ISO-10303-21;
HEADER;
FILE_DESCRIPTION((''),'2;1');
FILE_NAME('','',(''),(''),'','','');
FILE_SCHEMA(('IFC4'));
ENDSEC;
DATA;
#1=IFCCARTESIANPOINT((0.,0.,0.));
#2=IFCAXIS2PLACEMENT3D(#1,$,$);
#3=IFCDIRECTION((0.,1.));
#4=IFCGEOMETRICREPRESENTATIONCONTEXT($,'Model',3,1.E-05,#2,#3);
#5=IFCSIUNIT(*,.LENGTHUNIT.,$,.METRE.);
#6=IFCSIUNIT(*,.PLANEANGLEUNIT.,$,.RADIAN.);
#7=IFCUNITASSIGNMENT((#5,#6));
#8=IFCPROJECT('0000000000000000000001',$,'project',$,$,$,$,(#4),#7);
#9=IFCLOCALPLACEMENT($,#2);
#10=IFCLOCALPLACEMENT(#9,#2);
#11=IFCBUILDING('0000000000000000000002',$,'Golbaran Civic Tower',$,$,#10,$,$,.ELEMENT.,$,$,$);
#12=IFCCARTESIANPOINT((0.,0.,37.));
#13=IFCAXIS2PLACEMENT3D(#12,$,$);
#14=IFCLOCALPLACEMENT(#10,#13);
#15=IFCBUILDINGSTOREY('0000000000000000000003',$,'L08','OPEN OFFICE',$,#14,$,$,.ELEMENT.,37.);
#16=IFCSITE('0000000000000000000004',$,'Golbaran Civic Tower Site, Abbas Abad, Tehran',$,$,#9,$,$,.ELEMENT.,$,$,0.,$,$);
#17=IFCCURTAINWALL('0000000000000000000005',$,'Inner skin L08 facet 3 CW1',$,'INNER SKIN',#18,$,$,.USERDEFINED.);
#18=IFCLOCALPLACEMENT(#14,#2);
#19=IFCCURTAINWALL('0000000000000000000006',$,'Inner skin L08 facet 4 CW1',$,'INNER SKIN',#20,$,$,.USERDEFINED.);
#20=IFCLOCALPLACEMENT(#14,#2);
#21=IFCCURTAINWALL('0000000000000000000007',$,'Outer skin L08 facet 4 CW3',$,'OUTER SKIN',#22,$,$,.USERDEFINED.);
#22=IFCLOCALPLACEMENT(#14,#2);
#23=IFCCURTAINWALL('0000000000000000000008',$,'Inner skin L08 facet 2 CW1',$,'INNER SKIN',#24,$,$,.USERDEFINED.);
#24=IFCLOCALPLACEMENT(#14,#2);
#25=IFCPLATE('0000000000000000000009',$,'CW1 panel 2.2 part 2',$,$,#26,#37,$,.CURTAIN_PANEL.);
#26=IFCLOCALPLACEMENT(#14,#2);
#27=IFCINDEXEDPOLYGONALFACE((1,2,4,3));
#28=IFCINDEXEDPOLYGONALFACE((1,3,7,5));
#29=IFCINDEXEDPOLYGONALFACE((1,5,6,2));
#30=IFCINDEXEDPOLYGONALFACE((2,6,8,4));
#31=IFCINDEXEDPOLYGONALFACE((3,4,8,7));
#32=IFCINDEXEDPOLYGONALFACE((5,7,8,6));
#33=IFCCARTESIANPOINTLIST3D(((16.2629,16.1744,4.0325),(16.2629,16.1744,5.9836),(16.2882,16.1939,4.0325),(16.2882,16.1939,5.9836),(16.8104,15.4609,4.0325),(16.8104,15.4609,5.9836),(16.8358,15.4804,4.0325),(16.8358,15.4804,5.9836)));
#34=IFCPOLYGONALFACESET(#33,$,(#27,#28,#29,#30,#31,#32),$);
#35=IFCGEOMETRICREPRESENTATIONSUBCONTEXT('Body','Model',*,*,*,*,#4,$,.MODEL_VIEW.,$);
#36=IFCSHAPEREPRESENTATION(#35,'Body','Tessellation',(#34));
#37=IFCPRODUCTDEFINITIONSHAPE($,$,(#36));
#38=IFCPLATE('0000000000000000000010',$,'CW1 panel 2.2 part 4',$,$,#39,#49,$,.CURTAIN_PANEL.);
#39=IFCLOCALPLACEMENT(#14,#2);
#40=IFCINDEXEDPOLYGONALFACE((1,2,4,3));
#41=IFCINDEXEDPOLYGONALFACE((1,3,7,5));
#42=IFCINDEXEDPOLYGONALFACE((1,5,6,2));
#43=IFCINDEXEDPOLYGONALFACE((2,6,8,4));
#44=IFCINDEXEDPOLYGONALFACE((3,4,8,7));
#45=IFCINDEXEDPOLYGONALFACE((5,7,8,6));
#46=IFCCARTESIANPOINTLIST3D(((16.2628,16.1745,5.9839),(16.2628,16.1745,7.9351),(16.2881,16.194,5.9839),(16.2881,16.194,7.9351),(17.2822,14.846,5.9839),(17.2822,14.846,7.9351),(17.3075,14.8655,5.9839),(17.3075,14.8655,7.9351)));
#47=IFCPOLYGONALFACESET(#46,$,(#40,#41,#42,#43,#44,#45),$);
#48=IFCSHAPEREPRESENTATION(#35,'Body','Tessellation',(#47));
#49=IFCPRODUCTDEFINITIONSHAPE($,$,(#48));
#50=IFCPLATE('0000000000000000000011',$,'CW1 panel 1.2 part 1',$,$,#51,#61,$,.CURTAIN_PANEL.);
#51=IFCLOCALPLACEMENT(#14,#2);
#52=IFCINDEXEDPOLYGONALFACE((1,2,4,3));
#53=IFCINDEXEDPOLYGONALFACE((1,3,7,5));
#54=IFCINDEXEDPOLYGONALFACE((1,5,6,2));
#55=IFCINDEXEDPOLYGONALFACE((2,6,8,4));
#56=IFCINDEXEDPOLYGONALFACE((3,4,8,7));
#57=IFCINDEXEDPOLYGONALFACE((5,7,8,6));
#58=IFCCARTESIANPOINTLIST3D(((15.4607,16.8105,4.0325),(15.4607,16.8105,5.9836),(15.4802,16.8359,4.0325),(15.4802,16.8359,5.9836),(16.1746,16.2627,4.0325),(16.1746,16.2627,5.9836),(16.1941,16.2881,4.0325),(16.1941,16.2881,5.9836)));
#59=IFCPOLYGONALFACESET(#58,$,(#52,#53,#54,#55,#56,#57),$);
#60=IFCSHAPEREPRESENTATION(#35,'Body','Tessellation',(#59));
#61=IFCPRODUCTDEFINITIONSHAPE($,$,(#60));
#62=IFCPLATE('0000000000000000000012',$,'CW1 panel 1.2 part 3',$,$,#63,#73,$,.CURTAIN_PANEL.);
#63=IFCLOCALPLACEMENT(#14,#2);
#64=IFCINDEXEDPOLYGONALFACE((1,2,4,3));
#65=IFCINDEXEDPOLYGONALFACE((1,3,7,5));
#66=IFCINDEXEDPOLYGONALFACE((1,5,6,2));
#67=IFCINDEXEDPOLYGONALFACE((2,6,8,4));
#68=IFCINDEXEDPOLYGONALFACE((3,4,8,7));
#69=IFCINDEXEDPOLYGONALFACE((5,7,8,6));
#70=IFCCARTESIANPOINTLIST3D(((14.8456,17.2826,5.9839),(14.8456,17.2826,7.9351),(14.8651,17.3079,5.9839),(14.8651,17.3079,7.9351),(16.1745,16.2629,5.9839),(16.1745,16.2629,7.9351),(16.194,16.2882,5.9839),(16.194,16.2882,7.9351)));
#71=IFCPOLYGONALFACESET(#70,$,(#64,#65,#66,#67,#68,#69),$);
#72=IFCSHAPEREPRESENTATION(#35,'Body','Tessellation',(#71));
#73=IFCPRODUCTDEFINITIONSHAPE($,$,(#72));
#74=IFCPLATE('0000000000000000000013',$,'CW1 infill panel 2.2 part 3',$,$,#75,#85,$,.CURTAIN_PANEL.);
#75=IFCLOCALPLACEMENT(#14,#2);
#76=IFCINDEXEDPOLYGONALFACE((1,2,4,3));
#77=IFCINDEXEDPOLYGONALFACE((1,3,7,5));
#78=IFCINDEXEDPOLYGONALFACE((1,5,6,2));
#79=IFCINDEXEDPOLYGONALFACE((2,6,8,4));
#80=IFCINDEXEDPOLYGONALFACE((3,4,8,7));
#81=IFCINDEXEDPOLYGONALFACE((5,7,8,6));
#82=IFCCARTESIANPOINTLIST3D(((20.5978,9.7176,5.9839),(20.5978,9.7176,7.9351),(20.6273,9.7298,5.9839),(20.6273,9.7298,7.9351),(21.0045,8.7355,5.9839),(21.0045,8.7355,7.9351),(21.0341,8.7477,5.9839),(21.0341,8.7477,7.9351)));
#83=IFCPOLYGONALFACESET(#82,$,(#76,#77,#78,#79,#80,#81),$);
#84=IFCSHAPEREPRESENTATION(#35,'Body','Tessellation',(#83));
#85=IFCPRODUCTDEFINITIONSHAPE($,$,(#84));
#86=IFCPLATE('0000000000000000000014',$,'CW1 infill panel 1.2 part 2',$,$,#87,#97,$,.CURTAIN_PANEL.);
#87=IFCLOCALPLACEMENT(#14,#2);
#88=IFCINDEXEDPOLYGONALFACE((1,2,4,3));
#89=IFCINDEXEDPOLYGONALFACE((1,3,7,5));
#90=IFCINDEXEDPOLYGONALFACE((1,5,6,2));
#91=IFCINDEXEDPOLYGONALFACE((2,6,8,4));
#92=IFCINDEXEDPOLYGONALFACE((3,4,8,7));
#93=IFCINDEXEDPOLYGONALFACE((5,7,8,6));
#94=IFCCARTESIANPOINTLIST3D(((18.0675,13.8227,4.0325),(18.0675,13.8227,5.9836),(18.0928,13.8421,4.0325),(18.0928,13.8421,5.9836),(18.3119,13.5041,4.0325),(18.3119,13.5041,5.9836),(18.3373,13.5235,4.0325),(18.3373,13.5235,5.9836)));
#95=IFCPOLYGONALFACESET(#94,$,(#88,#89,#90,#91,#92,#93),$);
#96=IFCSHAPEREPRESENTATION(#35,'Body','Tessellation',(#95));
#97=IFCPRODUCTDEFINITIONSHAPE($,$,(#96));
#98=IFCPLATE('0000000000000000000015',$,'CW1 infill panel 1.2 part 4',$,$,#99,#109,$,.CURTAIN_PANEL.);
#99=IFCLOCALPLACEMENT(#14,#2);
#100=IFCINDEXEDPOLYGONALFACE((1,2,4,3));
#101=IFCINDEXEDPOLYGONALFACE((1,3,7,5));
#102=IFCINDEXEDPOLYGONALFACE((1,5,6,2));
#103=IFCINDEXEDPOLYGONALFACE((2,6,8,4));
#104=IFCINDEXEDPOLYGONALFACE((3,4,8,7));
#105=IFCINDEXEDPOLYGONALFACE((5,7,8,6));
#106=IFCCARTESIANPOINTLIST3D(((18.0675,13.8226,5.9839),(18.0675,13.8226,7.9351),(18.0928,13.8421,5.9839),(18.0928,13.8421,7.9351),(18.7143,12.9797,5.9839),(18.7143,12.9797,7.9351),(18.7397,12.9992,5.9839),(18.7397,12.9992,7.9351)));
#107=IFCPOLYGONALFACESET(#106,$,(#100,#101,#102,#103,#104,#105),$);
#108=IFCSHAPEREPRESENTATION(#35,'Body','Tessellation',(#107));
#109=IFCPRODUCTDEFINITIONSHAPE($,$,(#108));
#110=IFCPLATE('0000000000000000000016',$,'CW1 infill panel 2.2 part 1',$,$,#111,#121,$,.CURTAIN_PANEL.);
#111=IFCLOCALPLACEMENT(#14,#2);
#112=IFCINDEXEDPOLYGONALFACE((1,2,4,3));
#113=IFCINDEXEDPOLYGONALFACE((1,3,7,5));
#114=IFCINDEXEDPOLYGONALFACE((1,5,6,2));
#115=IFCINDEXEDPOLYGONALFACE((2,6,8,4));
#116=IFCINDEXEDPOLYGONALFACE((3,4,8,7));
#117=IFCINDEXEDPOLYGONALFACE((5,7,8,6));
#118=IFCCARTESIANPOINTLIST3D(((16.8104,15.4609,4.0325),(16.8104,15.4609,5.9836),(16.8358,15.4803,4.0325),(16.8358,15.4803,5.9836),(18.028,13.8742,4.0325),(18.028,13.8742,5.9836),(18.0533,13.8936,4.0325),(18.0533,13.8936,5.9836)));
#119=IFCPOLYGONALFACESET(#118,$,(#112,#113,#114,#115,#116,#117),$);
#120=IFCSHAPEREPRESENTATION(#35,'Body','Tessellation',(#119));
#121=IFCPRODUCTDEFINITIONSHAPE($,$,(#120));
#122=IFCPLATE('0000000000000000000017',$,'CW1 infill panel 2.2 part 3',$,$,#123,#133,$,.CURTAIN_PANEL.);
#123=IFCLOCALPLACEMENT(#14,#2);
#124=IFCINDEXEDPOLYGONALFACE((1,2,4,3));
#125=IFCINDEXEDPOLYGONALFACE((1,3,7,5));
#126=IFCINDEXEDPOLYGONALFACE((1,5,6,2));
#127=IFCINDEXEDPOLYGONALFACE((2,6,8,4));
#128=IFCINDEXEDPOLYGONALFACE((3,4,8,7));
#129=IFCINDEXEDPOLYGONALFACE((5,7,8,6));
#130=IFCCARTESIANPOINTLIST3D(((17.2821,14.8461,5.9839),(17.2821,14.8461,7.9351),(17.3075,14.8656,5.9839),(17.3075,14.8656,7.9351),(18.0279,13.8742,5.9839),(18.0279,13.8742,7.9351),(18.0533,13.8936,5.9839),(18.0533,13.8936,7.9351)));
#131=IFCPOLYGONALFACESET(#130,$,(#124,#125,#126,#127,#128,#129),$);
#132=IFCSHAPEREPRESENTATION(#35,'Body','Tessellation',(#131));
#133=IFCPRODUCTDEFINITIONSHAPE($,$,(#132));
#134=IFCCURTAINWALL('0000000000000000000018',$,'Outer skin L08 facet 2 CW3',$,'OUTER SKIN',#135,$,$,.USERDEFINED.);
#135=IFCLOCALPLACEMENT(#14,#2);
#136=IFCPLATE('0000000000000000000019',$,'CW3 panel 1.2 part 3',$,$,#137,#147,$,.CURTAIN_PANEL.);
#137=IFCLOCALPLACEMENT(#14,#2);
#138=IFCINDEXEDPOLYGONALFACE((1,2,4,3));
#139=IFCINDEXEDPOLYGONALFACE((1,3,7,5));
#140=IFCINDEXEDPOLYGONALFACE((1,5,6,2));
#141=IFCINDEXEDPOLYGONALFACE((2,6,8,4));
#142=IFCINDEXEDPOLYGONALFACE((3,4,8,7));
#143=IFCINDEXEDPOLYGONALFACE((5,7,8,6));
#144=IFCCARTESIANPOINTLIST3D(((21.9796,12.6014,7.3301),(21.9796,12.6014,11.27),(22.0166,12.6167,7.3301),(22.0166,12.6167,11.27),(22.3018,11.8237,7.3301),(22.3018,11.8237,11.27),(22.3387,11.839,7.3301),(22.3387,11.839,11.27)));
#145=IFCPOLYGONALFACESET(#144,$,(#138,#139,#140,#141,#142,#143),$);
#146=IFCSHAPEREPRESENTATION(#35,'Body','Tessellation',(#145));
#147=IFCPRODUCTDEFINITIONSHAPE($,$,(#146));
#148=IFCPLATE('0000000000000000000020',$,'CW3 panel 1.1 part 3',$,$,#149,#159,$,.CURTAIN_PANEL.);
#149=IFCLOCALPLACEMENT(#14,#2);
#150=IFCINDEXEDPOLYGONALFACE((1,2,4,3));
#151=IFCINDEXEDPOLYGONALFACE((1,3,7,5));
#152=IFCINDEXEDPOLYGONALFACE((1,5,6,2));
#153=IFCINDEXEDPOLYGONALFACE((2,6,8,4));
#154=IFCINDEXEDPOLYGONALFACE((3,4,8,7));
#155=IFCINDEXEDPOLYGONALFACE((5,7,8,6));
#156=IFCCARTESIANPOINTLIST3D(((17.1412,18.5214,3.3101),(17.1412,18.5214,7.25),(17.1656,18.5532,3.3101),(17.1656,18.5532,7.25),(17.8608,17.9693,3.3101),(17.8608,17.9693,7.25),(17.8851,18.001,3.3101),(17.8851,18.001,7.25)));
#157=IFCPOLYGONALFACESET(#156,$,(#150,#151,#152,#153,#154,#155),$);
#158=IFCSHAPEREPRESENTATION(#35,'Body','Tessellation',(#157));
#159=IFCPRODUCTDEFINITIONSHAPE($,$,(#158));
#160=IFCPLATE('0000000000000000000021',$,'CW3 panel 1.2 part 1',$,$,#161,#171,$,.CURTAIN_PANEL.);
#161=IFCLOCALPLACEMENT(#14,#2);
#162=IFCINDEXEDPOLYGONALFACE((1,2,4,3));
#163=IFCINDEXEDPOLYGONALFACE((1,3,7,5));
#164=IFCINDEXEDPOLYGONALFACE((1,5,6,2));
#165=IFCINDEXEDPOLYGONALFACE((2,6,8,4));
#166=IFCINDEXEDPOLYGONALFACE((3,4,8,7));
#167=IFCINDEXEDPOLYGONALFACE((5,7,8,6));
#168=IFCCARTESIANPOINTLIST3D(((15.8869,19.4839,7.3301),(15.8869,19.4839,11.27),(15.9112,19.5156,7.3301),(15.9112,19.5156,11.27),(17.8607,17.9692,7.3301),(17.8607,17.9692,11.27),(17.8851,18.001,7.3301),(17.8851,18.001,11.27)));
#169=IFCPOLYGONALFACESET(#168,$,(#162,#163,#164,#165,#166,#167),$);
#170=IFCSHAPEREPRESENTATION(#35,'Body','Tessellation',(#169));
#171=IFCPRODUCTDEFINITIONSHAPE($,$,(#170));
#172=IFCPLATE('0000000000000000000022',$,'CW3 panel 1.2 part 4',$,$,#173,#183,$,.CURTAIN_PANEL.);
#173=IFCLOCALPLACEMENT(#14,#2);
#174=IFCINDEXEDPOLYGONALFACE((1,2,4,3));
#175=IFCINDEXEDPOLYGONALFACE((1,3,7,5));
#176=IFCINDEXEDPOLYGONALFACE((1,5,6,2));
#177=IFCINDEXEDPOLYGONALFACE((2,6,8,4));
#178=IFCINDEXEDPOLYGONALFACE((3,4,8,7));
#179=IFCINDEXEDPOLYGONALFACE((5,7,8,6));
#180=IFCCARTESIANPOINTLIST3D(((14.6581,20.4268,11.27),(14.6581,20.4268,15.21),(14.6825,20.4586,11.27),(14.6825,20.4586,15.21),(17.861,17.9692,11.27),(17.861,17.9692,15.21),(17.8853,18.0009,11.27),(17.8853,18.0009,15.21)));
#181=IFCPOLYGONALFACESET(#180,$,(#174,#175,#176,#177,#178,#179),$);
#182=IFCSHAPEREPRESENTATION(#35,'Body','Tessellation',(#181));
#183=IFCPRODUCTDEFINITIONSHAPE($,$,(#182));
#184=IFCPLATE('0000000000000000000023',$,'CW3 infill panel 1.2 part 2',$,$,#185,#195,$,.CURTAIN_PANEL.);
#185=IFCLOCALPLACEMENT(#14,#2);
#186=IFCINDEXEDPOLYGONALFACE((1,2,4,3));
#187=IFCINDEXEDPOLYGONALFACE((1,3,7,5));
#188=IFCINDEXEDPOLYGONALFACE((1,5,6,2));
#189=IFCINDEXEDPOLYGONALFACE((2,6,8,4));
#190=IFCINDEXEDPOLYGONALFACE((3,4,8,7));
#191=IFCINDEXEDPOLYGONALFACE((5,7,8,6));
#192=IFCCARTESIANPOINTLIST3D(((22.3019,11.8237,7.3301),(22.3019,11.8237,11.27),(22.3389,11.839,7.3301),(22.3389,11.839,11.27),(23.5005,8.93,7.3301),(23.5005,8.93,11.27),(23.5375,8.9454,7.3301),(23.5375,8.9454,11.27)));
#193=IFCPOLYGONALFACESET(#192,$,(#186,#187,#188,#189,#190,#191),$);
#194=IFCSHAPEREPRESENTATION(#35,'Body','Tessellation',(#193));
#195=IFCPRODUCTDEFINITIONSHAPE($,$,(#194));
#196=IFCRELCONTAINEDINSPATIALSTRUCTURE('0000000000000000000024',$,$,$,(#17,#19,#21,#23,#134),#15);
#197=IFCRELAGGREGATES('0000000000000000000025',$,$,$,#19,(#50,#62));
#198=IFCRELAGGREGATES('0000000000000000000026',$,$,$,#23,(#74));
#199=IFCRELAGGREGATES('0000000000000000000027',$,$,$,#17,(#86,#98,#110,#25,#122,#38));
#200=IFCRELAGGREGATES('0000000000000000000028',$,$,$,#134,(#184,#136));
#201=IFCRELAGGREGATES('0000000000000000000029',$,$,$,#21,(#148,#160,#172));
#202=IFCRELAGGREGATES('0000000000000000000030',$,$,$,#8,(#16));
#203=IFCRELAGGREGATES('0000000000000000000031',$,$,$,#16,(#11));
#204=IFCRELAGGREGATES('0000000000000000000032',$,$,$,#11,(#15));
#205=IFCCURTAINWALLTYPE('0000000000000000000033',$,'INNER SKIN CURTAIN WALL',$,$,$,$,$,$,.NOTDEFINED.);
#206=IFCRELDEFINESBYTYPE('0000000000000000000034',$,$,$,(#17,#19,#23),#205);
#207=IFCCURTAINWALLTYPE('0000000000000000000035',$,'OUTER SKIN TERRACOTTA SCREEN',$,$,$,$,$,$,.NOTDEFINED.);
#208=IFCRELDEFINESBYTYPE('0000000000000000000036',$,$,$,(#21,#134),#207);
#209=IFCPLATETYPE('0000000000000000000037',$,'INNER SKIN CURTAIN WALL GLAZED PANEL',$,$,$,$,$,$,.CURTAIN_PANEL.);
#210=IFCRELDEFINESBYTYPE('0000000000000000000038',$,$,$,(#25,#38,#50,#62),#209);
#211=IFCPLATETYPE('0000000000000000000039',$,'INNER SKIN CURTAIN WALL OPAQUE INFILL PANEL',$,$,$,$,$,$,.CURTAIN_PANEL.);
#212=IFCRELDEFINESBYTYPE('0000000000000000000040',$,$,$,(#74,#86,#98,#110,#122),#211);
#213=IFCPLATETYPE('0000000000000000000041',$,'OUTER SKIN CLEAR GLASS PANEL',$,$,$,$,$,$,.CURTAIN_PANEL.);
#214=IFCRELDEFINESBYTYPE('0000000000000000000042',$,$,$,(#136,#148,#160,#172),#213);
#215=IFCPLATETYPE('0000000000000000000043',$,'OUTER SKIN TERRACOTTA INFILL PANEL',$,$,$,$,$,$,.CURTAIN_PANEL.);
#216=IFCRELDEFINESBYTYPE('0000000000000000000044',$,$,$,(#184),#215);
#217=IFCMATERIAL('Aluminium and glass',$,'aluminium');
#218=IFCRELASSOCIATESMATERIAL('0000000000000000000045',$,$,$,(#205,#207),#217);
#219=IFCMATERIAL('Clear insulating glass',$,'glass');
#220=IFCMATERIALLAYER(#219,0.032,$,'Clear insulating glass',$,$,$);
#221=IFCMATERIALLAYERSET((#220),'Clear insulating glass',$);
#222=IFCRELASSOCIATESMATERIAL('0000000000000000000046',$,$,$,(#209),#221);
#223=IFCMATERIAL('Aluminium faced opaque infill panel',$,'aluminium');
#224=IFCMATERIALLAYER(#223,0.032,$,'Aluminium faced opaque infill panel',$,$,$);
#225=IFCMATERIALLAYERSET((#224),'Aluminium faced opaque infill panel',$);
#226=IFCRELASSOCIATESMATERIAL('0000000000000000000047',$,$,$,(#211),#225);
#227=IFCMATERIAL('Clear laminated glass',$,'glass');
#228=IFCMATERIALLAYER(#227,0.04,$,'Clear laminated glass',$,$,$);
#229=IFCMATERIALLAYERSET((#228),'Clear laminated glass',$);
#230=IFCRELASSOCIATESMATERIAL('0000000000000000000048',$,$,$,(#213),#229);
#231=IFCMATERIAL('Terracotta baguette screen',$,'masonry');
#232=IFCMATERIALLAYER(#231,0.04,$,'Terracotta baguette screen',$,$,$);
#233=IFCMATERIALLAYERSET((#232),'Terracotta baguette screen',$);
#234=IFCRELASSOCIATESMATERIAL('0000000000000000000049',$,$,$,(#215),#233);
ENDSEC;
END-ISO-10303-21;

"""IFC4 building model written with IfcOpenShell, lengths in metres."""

from ifc_helpers import new_model, si_unit, direction, frame, origin, origin_2d, place, context, subcontext, project, spatial, rectangle, extrude, material, layer, layer_set, type_object, element, aggregate, save


model = new_model("IFC4")

# Units and contexts
model_context = context("Model", 3, precision=1e-05, world=origin(), true_north=direction((0.0, 1.0)))
body_context = subcontext(model_context, "Body", "Model", "MODEL_VIEW")
ifc_project = project(units=[si_unit("LENGTHUNIT", "METRE"), si_unit("PLANEANGLEUNIT", "RADIAN")], contexts=[model_context])

# Site, building, storey
site_placement = place(None, origin())
site = spatial("IfcSite", under=ifc_project, at=site_placement, Name="Golbaran Civic Tower Site, Abbas Abad, Tehran", CompositionType="ELEMENT", RefElevation=0.0)
building_placement = place(site_placement, origin())
building = spatial("IfcBuilding", under=site, at=building_placement, Name="Golbaran Civic Tower", CompositionType="ELEMENT")
storey_placement = place(building_placement, frame((0.0, 0.0, 37.0)))
storey = spatial("IfcBuildingStorey", under=building, at=storey_placement, Name="L08", Description="OPEN OFFICE", CompositionType="ELEMENT", Elevation=37.0)

# Curtain walls
ifc_material_1 = material(Name="Aluminium and glass", Category="aluminium")
curtain_wall_type_1 = type_object("IfcCurtainWallType", Name="INNER SKIN CURTAIN WALL", PredefinedType="NOTDEFINED", material=ifc_material_1)
curtain_wall_1_placement = place(storey_placement, origin())
curtain_wall_1 = element("IfcCurtainWall", 1, at=curtain_wall_1_placement, inside=storey, type_object=curtain_wall_type_1, Name="Inner skin L08 facet 3 CW1", ObjectType="INNER SKIN", PredefinedType="USERDEFINED")
curtain_wall_2_placement = place(storey_placement, origin())
curtain_wall_2 = element("IfcCurtainWall", 2, at=curtain_wall_2_placement, inside=storey, type_object=curtain_wall_type_1, Name="Inner skin L08 facet 4 CW1", ObjectType="INNER SKIN", PredefinedType="USERDEFINED")
curtain_wall_type_2 = type_object("IfcCurtainWallType", Name="OUTER SKIN TERRACOTTA SCREEN", PredefinedType="NOTDEFINED", material=ifc_material_1)
curtain_wall_3_placement = place(storey_placement, origin())
curtain_wall_3 = element("IfcCurtainWall", 3, at=curtain_wall_3_placement, inside=storey, type_object=curtain_wall_type_2, Name="Outer skin L08 facet 4 CW3", ObjectType="OUTER SKIN", PredefinedType="USERDEFINED")

# Curtain wall
curtain_wall_4_placement = place(storey_placement, origin())
curtain_wall_4 = element("IfcCurtainWall", 4, at=curtain_wall_4_placement, inside=storey, type_object=curtain_wall_type_1, Name="Inner skin L08 facet 2 CW1", ObjectType="INNER SKIN", PredefinedType="USERDEFINED")
ifc_material_2 = material(Name="Clear insulating glass", Category="glass")
ifc_layer_1 = layer(ifc_material_2, 0.032, Name="Clear insulating glass")
ifc_layer_set_1 = layer_set([ifc_layer_1], Name="Clear insulating glass")
plate_type_1 = type_object("IfcPlateType", Name="INNER SKIN CURTAIN WALL GLAZED PANEL", PredefinedType="CURTAIN_PANEL", material=ifc_layer_set_1)

# Plates
plate_1_placement = place(storey_placement, frame((16.5493, 15.8274, 4.0325), z_axis=(0.0, 0.0, 1.0), x_axis=(-0.608761, 0.793353, 0.0)))
plate_1 = element("IfcPlate", 5, at=plate_1_placement, type_object=plate_type_1, Name="CW1 panel 2.2 part 2", PredefinedType="CURTAIN_PANEL", context=body_context, shape_type="SweptSolid", body=[
    extrude(rectangle(XDim=0.8994, YDim=0.032, at=origin_2d()), origin(), (0.0, 0.0, 1.0), 1.9512),
])
plate_2_placement = place(storey_placement, frame((16.7852, 15.52, 5.9839), z_axis=(0.0, 0.0, 1.0), x_axis=(-0.608761, 0.793353, 0.0)))
plate_2 = element("IfcPlate", 6, at=plate_2_placement, type_object=plate_type_1, Name="CW1 panel 2.2 part 4", PredefinedType="CURTAIN_PANEL", context=body_context, shape_type="SweptSolid", body=[
    extrude(rectangle(XDim=1.6746, YDim=0.032, at=origin_2d()), origin(), (0.0, 0.0, 1.0), 1.9512),
])
plate_3_placement = place(storey_placement, frame((15.8274, 16.5493, 4.0325), z_axis=(0.0, 0.0, 1.0), x_axis=(-0.793353, 0.608761, 0.0)))
plate_3 = element("IfcPlate", 7, at=plate_3_placement, type_object=plate_type_1, Name="CW1 panel 1.2 part 1", PredefinedType="CURTAIN_PANEL", context=body_context, shape_type="SweptSolid", body=[
    extrude(rectangle(XDim=0.8999, YDim=0.032, at=origin_2d()), origin(), (0.0, 0.0, 1.0), 1.9512),
])
plate_4_placement = place(storey_placement, frame((15.5198, 16.7854, 5.9839), z_axis=(0.0, 0.0, 1.0), x_axis=(-0.793353, 0.608761, 0.0)))
plate_4 = element("IfcPlate", 8, at=plate_4_placement, type_object=plate_type_1, Name="CW1 panel 1.2 part 3", PredefinedType="CURTAIN_PANEL", context=body_context, shape_type="SweptSolid", body=[
    extrude(rectangle(XDim=1.675, YDim=0.032, at=origin_2d()), origin(), (0.0, 0.0, 1.0), 1.9512),
])
aggregate(curtain_wall_2, [plate_3, plate_4])
ifc_material_3 = material(Name="Aluminium faced opaque infill panel", Category="aluminium")
ifc_layer_2 = layer(ifc_material_3, 0.032, Name="Aluminium faced opaque infill panel")
ifc_layer_set_2 = layer_set([ifc_layer_2], Name="Aluminium faced opaque infill panel")
plate_type_2 = type_object("IfcPlateType", Name="INNER SKIN CURTAIN WALL OPAQUE INFILL PANEL", PredefinedType="CURTAIN_PANEL", material=ifc_layer_set_2)
plate_5_placement = place(storey_placement, frame((20.8159, 9.2327, 5.9839), z_axis=(0.0, 0.0, 1.0), x_axis=(-0.382683, 0.92388, 0.0)))
plate_5 = element("IfcPlate", 9, at=plate_5_placement, type_object=plate_type_2, Name="CW1 infill panel 2.2 part 3", PredefinedType="CURTAIN_PANEL", context=body_context, shape_type="SweptSolid", body=[
    extrude(rectangle(XDim=1.063, YDim=0.032, at=origin_2d()), origin(), (0.0, 0.0, 1.0), 1.9512),
])
aggregate(curtain_wall_4, [plate_5])
plate_6_placement = place(storey_placement, frame((18.2024, 13.6731, 4.0325), z_axis=(0.0, 0.0, 1.0), x_axis=(-0.608761, 0.793353, 0.0)))
plate_6 = element("IfcPlate", 10, at=plate_6_placement, type_object=plate_type_2, Name="CW1 infill panel 1.2 part 2", PredefinedType="CURTAIN_PANEL", context=body_context, shape_type="SweptSolid", body=[
    extrude(rectangle(XDim=0.4016, YDim=0.032, at=origin_2d()), origin(), (0.0, 0.0, 1.0), 1.9512),
])
plate_7_placement = place(storey_placement, frame((18.4036, 13.4109, 5.9839), z_axis=(0.0, 0.0, 1.0), x_axis=(-0.608761, 0.793353, 0.0)))
plate_7 = element("IfcPlate", 11, at=plate_7_placement, type_object=plate_type_2, Name="CW1 infill panel 1.2 part 4", PredefinedType="CURTAIN_PANEL", context=body_context, shape_type="SweptSolid", body=[
    extrude(rectangle(XDim=1.0625, YDim=0.032, at=origin_2d()), origin(), (0.0, 0.0, 1.0), 1.9512),
])
plate_8_placement = place(storey_placement, frame((17.4319, 14.6772, 4.0325), z_axis=(0.0, 0.0, 1.0), x_axis=(-0.608761, 0.793353, 0.0)))
plate_8 = element("IfcPlate", 12, at=plate_8_placement, type_object=plate_type_2, Name="CW1 infill panel 2.2 part 1", PredefinedType="CURTAIN_PANEL", context=body_context, shape_type="SweptSolid", body=[
    extrude(rectangle(XDim=2.0, YDim=0.032, at=origin_2d()), origin(), (0.0, 0.0, 1.0), 1.9512),
])
plate_9_placement = place(storey_placement, frame((17.6677, 14.3699, 5.9839), z_axis=(0.0, 0.0, 1.0), x_axis=(-0.608761, 0.793353, 0.0)))
plate_9 = element("IfcPlate", 13, at=plate_9_placement, type_object=plate_type_2, Name="CW1 infill panel 2.2 part 3", PredefinedType="CURTAIN_PANEL", context=body_context, shape_type="SweptSolid", body=[
    extrude(rectangle(XDim=1.2251, YDim=0.032, at=origin_2d()), origin(), (0.0, 0.0, 1.0), 1.9512),
])
aggregate(curtain_wall_1, [plate_6, plate_7, plate_8, plate_1, plate_9, plate_2])

# Curtain wall, plate
curtain_wall_5_placement = place(storey_placement, origin())
curtain_wall_5 = element("IfcCurtainWall", 14, at=curtain_wall_5_placement, inside=storey, type_object=curtain_wall_type_2, Name="Outer skin L08 facet 2 CW3", ObjectType="OUTER SKIN", PredefinedType="USERDEFINED")
ifc_material_4 = material(Name="Clear laminated glass", Category="glass")
ifc_layer_3 = layer(ifc_material_4, 0.04, Name="Clear laminated glass")
ifc_layer_set_3 = layer_set([ifc_layer_3], Name="Clear laminated glass")
plate_type_3 = type_object("IfcPlateType", Name="OUTER SKIN CLEAR GLASS PANEL", PredefinedType="CURTAIN_PANEL", material=ifc_layer_set_3)
plate_10_placement = place(storey_placement, frame((22.1592, 12.2202, 7.3301), z_axis=(0.0, 0.0, 1.0), x_axis=(-0.382683, 0.92388, 0.0)))
plate_10 = element("IfcPlate", 15, at=plate_10_placement, type_object=plate_type_3, Name="CW3 panel 1.2 part 3", PredefinedType="CURTAIN_PANEL", context=body_context, shape_type="SweptSolid", body=[
    extrude(rectangle(XDim=0.8418, YDim=0.04, at=origin_2d()), origin(), (0.0, 0.0, 1.0), 3.9399),
])

# Plates
plate_11_placement = place(storey_placement, frame((17.5132, 18.2612, 3.3101), z_axis=(0.0, 0.0, 1.0), x_axis=(-0.793353, 0.608761, 0.0)))
plate_11 = element("IfcPlate", 16, at=plate_11_placement, type_object=plate_type_3, Name="CW3 panel 1.1 part 3", PredefinedType="CURTAIN_PANEL", context=body_context, shape_type="SweptSolid", body=[
    extrude(rectangle(XDim=0.907, YDim=0.04, at=origin_2d()), origin(), (0.0, 0.0, 1.0), 3.9399),
])
plate_12_placement = place(storey_placement, frame((16.886, 18.7424, 7.3301), z_axis=(0.0, 0.0, 1.0), x_axis=(-0.793353, 0.608761, 0.0)))
plate_12 = element("IfcPlate", 17, at=plate_12_placement, type_object=plate_type_3, Name="CW3 panel 1.2 part 1", PredefinedType="CURTAIN_PANEL", context=body_context, shape_type="SweptSolid", body=[
    extrude(rectangle(XDim=2.488, YDim=0.04, at=origin_2d()), origin(), (0.0, 0.0, 1.0), 3.9399),
])
plate_13_placement = place(storey_placement, frame((16.2717, 19.2139, 11.27), z_axis=(0.0, 0.0, 1.0), x_axis=(-0.793353, 0.608761, 0.0)))
plate_13 = element("IfcPlate", 18, at=plate_13_placement, type_object=plate_type_3, Name="CW3 panel 1.2 part 4", PredefinedType="CURTAIN_PANEL", context=body_context, shape_type="SweptSolid", body=[
    extrude(rectangle(XDim=4.0371, YDim=0.04, at=origin_2d()), origin(), (0.0, 0.0, 1.0), 3.9399),
])
ifc_material_5 = material(Name="Terracotta baguette screen", Category="masonry")
ifc_layer_4 = layer(ifc_material_5, 0.04, Name="Terracotta baguette screen")
ifc_layer_set_4 = layer_set([ifc_layer_4], Name="Terracotta baguette screen")
plate_type_4 = type_object("IfcPlateType", Name="OUTER SKIN TERRACOTTA INFILL PANEL", PredefinedType="CURTAIN_PANEL", material=ifc_layer_set_4)
plate_14_placement = place(storey_placement, frame((22.9197, 10.3845, 7.3301), z_axis=(0.0, 0.0, 1.0), x_axis=(-0.382683, 0.92388, 0.0)))
plate_14 = element("IfcPlate", 19, at=plate_14_placement, type_object=plate_type_4, Name="CW3 infill panel 1.2 part 2", PredefinedType="CURTAIN_PANEL", context=body_context, shape_type="SweptSolid", body=[
    extrude(rectangle(XDim=3.1321, YDim=0.04, at=origin_2d()), origin(), (0.0, 0.0, 1.0), 3.9399),
])
aggregate(curtain_wall_5, [plate_14, plate_10])
aggregate(curtain_wall_3, [plate_11, plate_12, plate_13])

save(model, "model.ifc")
